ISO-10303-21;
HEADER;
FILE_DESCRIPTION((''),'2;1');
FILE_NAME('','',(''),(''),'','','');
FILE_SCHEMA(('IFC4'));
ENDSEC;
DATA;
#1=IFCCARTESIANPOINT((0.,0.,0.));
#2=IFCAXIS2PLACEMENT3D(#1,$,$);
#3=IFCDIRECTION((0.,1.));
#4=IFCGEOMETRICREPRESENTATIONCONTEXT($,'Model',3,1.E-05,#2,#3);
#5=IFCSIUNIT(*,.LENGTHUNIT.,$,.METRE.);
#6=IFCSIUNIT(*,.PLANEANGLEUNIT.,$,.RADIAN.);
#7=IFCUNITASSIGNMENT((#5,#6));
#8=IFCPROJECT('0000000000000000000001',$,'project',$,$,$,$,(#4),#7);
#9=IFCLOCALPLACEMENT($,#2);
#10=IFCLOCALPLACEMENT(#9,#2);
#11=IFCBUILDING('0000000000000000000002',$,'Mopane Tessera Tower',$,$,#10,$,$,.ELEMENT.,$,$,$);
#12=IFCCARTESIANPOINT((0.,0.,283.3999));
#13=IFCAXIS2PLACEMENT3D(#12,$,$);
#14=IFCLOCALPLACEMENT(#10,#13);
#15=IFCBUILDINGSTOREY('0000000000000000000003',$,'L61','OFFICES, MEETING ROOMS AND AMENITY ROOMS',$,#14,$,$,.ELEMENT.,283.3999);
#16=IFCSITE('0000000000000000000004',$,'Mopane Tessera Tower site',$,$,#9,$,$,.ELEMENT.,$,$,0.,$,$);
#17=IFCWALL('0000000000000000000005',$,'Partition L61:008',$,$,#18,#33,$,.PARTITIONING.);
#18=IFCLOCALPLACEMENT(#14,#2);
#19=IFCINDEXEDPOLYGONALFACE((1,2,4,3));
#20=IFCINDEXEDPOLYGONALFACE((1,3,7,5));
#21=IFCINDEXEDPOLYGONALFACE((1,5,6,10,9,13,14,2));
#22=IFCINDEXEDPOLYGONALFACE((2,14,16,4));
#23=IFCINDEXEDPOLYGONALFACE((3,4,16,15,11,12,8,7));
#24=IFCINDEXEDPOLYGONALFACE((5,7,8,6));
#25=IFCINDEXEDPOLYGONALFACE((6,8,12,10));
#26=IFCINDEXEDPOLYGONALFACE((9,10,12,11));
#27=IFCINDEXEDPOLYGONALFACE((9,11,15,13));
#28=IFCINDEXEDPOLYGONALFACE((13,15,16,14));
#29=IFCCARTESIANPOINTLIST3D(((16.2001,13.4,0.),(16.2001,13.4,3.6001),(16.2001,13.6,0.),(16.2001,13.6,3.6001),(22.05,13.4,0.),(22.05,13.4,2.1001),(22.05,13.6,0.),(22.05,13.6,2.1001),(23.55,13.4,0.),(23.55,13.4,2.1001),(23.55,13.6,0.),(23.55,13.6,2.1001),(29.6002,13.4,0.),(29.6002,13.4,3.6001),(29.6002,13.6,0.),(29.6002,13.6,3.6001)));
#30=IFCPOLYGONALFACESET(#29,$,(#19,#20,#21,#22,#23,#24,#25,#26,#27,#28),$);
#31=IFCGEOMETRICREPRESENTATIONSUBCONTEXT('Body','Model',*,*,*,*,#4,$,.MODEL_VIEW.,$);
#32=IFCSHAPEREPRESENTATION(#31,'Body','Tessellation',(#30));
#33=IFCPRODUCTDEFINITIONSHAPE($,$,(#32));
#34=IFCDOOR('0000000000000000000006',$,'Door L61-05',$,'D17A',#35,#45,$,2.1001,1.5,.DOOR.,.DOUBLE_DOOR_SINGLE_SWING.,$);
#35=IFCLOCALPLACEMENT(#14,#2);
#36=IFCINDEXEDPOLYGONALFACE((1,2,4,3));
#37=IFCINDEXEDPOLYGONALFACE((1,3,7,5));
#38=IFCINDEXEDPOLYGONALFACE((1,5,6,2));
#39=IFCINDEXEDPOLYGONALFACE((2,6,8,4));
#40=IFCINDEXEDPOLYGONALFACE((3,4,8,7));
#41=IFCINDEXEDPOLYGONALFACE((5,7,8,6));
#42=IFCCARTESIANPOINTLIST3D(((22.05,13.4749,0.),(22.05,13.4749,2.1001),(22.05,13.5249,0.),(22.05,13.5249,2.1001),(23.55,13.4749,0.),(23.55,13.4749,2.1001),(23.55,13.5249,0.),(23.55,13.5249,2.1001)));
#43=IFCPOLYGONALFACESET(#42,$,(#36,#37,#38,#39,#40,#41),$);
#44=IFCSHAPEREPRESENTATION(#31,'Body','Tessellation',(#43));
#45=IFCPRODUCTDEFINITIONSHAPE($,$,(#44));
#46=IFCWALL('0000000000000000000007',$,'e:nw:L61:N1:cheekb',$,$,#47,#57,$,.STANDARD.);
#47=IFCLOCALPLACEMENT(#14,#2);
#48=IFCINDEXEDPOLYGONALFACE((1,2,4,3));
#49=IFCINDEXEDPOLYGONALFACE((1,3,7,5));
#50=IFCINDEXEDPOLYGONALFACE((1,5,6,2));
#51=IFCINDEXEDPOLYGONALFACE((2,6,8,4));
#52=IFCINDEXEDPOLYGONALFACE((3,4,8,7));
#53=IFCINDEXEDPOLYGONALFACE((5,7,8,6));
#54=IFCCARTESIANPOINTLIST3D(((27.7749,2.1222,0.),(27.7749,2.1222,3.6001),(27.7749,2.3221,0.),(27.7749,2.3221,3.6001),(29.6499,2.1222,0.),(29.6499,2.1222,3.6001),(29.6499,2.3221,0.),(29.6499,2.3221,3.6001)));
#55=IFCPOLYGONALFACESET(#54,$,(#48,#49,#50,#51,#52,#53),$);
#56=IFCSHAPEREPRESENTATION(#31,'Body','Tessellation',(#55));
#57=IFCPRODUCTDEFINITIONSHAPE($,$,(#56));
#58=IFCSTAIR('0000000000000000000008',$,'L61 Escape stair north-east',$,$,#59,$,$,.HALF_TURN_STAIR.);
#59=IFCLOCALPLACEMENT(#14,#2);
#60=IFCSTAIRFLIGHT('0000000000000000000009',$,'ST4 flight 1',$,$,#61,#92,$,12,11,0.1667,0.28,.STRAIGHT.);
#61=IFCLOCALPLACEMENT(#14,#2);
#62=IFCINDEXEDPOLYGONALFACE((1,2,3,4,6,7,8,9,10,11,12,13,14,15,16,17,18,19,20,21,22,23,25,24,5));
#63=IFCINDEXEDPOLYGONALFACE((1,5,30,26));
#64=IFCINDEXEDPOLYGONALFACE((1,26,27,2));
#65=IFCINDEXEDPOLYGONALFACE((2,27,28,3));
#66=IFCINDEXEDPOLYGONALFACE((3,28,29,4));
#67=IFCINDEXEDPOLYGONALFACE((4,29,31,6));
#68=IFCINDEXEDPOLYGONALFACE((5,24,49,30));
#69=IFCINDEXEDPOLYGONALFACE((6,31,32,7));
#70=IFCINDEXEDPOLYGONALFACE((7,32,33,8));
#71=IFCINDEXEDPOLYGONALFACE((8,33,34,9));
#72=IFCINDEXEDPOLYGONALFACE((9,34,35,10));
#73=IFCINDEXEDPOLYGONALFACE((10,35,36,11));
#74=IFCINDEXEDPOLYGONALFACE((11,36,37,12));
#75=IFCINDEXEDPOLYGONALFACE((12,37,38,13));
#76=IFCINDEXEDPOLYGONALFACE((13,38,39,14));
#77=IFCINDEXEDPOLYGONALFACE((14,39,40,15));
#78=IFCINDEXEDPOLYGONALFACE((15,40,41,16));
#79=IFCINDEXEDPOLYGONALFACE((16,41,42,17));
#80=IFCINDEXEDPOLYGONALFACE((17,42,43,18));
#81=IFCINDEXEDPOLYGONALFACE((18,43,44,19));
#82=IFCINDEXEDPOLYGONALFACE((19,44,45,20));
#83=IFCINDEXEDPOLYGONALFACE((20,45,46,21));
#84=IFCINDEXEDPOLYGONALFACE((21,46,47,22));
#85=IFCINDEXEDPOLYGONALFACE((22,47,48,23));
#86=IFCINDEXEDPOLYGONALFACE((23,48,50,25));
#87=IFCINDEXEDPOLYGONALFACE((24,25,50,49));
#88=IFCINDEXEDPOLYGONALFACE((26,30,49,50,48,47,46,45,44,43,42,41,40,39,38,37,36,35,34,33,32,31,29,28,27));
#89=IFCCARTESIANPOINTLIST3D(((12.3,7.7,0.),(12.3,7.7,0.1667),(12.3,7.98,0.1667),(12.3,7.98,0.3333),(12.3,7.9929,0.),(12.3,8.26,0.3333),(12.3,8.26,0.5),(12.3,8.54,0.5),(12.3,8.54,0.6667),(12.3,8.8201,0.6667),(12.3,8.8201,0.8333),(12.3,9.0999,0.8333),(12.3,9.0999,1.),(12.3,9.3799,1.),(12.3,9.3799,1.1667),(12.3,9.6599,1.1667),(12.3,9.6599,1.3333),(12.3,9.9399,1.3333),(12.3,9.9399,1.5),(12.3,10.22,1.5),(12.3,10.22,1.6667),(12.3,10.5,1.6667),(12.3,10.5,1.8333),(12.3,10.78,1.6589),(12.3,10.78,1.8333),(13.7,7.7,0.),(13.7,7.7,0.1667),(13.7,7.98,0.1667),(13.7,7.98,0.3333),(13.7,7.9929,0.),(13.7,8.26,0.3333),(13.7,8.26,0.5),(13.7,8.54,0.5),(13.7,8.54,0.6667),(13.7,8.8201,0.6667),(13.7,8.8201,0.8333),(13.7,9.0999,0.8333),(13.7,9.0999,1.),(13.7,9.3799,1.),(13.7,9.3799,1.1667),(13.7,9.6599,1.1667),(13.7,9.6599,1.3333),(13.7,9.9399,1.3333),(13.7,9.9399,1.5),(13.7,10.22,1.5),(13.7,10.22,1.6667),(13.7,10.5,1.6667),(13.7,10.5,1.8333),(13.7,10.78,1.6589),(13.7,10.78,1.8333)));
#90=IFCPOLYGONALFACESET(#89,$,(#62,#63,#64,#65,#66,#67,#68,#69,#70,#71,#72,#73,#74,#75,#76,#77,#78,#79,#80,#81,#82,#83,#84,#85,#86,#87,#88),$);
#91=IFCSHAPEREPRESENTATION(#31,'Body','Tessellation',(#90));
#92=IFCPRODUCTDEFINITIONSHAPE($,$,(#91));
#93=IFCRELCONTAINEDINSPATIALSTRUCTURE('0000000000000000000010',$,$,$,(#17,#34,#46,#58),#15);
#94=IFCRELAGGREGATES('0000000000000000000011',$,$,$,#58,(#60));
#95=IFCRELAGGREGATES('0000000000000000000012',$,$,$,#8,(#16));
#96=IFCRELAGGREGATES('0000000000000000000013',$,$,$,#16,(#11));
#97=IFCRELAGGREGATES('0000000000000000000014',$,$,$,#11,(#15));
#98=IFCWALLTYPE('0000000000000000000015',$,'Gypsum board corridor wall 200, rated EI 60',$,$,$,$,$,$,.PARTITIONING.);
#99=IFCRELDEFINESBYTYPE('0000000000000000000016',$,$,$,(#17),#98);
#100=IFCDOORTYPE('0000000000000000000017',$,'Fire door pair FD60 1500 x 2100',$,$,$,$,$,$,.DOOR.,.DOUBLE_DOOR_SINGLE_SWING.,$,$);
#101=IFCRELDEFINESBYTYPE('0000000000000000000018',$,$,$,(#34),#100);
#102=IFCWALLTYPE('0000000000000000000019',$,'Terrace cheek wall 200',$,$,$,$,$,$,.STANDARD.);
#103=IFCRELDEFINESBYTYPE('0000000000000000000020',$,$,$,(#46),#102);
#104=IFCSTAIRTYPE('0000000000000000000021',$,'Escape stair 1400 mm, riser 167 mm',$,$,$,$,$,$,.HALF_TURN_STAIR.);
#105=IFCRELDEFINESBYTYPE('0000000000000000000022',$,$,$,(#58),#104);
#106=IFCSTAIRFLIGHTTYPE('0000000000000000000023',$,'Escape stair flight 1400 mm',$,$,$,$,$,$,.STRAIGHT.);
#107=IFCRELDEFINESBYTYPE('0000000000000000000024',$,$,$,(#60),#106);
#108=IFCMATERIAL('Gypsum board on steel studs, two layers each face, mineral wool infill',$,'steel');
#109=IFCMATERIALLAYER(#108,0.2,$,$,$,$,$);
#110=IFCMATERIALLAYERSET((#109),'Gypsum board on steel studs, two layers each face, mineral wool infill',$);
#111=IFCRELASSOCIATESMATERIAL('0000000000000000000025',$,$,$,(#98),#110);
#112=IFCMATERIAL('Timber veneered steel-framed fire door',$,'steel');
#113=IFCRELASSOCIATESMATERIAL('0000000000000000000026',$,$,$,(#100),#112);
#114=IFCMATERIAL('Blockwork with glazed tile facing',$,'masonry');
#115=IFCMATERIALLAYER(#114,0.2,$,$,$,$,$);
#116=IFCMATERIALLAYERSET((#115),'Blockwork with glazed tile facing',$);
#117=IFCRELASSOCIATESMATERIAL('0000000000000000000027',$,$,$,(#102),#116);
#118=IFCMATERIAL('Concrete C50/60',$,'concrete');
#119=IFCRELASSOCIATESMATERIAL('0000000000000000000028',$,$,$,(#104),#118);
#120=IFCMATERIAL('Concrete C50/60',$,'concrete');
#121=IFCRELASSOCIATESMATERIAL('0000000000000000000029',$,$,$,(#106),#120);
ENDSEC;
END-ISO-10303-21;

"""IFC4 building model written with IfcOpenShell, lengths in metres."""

from ifc_helpers import new_model, si_unit, direction, frame, frame_2d, origin, place, context, subcontext, project, spatial, polyline, rectangle, outline, extrude, material, layer, layer_set, type_object, element, fill, aggregate, save


model = new_model("IFC4")

# Units and contexts
model_context = context("Model", 3, precision=1e-05, world=origin(), true_north=direction((0.0, 1.0)))
body_context = subcontext(model_context, "Body", "Model", "MODEL_VIEW")
ifc_project = project(units=[si_unit("LENGTHUNIT", "METRE"), si_unit("PLANEANGLEUNIT", "RADIAN")], contexts=[model_context])

# Site, building, storey
site_placement = place(None, origin())
site = spatial("IfcSite", under=ifc_project, at=site_placement, Name="Mopane Tessera Tower site", CompositionType="ELEMENT", RefElevation=0.0)
building_placement = place(site_placement, origin())
building = spatial("IfcBuilding", under=site, at=building_placement, Name="Mopane Tessera Tower", CompositionType="ELEMENT")
storey_placement = place(building_placement, frame((0.0, 0.0, 283.3999)))
storey = spatial("IfcBuildingStorey", under=building, at=storey_placement, Name="L61", Description="OFFICES, MEETING ROOMS AND AMENITY ROOMS", CompositionType="ELEMENT", Elevation=283.3999)

# Wall, opening, door
ifc_material_1 = material(Name="Gypsum board on steel studs, two layers each face, mineral wool infill", Category="steel")
ifc_layer_1 = layer(ifc_material_1, 0.2)
ifc_layer_set_1 = layer_set([ifc_layer_1], Name="Gypsum board on steel studs, two layers each face, mineral wool infill")
wall_type_1 = type_object("IfcWallType", Name="Gypsum board corridor wall 200, rated EI 60", PredefinedType="PARTITIONING", material=ifc_layer_set_1)
wall_1_placement = place(storey_placement, frame((16.2, 13.5, 0.0), z_axis=(0.0, 0.0, 1.0), x_axis=(1.0, 0.0, 0.0)))
wall_1 = element("IfcWall", 1, at=wall_1_placement, inside=storey, type_object=wall_type_1, Name="Partition L61:008", PredefinedType="PARTITIONING", context=body_context, shape_type="SweptSolid", body=[
    extrude(rectangle(XDim=13.4001, YDim=0.2, at=frame_2d((6.7002, 0.0))), origin(), (0.0, 0.0, 1.0), 3.6001),
])
opening_placement = place(wall_1_placement, frame((5.8501, 0.0, 0.0)))
opening = element("IfcOpeningElement", 2, at=opening_placement, cuts=wall_1, PredefinedType="OPENING", context=body_context, shape_type="SweptSolid", body=[
    extrude(rectangle(XDim=1.5, YDim=2.1001, at=frame_2d((0.75, 1.05))), frame((0.0, 0.1121, 0.0), z_axis=(0.0, -1.0, 0.0), x_axis=(1.0, 0.0, 0.0)), (0.0, 0.0, 1.0), 0.2239),
])
ifc_material_2 = material(Name="Timber veneered steel-framed fire door", Category="steel")
door_type = type_object("IfcDoorType", Name="Fire door pair FD60 1500 x 2100", OperationType="DOUBLE_DOOR_SINGLE_SWING", PredefinedType="DOOR", material=ifc_material_2)
door_placement = place(opening_placement, origin())
door = element("IfcDoor", 3, at=door_placement, inside=storey, type_object=door_type, Name="Door L61-05", ObjectType="D17A", OperationType="DOUBLE_DOOR_SINGLE_SWING", OverallHeight=2.1001, OverallWidth=1.5, PredefinedType="DOOR", context=body_context, shape_type="SweptSolid", body=[
    extrude(rectangle(XDim=1.5, YDim=2.1001, at=frame_2d((0.75, 1.05))), frame((0.0, 0.0249, 0.0), z_axis=(0.0, -1.0, 0.0), x_axis=(1.0, 0.0, 0.0)), (0.0, 0.0, 1.0), 0.05),
])
fill(opening, door)

# Wall
ifc_material_3 = material(Name="Blockwork with glazed tile facing", Category="masonry")
ifc_layer_2 = layer(ifc_material_3, 0.2)
ifc_layer_set_2 = layer_set([ifc_layer_2], Name="Blockwork with glazed tile facing")
wall_type_2 = type_object("IfcWallType", Name="Terrace cheek wall 200", PredefinedType="STANDARD", material=ifc_layer_set_2)
wall_2_placement = place(storey_placement, frame((29.6499, 2.2222, 0.0), z_axis=(0.0, 0.0, 1.0), x_axis=(-1.0, 0.0, 0.0)))
element("IfcWall", 4, at=wall_2_placement, inside=storey, type_object=wall_type_2, Name="e:nw:L61:N1:cheekb", PredefinedType="STANDARD", context=body_context, shape_type="SweptSolid", body=[
    extrude(rectangle(XDim=1.875, YDim=0.2, at=frame_2d((0.9375, 0.0))), origin(), (0.0, 0.0, 1.0), 3.6001),
])

# Stair, stair flight
ifc_material_4 = material(Name="Concrete C50/60", Category="concrete")
stair_type = type_object("IfcStairType", Name="Escape stair 1400 mm, riser 167 mm", PredefinedType="HALF_TURN_STAIR", material=ifc_material_4)
stair_placement = place(storey_placement, origin())
stair = element("IfcStair", 5, at=stair_placement, inside=storey, type_object=stair_type, Name="L61 Escape stair north-east", PredefinedType="HALF_TURN_STAIR")
ifc_material_5 = material(Name="Concrete C50/60", Category="concrete")
stair_flight_type = type_object("IfcStairFlightType", Name="Escape stair flight 1400 mm", PredefinedType="STRAIGHT", material=ifc_material_5)
stair_flight_placement = place(storey_placement, frame((13.0, 7.7, 0.0), z_axis=(0.0, 0.0, 1.0), x_axis=(0.0, 1.0, 0.0)))
stair_flight = element("IfcStairFlight", 6, at=stair_flight_placement, type_object=stair_flight_type, Name="ST4 flight 1", NumberOfRisers=12, NumberOfTreads=11, PredefinedType="STRAIGHT", RiserHeight=0.1667, TreadLength=0.28, context=body_context, shape_type="SweptSolid", body=[
    extrude(outline(polyline([(0.0, 0.0), (0.0, 0.1667), (0.28, 0.1667), (0.28, 0.3333), (0.5601, 0.3333), (0.5601, 0.5), (0.8401, 0.5), (0.8401, 0.6667), (1.1201, 0.6667), (1.1201, 0.8333), (1.3999, 0.8333), (1.3999, 1.0), (1.6799, 1.0), (1.6799, 1.1667), (1.96, 1.1667), (1.96, 1.3333), (2.24, 1.3333), (2.24, 1.5), (2.52, 1.5), (2.52, 1.6667), (2.8, 1.6667), (2.8, 1.8333), (3.0801, 1.8333), (3.0801, 2.0), (3.0801, 1.6589), (0.293, 0.0), (0.0, 0.0)])), frame((0.0, 0.7, 0.0), z_axis=(0.0, -1.0, 0.0), x_axis=(1.0, 0.0, 0.0)), (0.0, 0.0, 1.0), 1.3999),
])
aggregate(stair, [stair_flight])

save(model, "model.ifc")
